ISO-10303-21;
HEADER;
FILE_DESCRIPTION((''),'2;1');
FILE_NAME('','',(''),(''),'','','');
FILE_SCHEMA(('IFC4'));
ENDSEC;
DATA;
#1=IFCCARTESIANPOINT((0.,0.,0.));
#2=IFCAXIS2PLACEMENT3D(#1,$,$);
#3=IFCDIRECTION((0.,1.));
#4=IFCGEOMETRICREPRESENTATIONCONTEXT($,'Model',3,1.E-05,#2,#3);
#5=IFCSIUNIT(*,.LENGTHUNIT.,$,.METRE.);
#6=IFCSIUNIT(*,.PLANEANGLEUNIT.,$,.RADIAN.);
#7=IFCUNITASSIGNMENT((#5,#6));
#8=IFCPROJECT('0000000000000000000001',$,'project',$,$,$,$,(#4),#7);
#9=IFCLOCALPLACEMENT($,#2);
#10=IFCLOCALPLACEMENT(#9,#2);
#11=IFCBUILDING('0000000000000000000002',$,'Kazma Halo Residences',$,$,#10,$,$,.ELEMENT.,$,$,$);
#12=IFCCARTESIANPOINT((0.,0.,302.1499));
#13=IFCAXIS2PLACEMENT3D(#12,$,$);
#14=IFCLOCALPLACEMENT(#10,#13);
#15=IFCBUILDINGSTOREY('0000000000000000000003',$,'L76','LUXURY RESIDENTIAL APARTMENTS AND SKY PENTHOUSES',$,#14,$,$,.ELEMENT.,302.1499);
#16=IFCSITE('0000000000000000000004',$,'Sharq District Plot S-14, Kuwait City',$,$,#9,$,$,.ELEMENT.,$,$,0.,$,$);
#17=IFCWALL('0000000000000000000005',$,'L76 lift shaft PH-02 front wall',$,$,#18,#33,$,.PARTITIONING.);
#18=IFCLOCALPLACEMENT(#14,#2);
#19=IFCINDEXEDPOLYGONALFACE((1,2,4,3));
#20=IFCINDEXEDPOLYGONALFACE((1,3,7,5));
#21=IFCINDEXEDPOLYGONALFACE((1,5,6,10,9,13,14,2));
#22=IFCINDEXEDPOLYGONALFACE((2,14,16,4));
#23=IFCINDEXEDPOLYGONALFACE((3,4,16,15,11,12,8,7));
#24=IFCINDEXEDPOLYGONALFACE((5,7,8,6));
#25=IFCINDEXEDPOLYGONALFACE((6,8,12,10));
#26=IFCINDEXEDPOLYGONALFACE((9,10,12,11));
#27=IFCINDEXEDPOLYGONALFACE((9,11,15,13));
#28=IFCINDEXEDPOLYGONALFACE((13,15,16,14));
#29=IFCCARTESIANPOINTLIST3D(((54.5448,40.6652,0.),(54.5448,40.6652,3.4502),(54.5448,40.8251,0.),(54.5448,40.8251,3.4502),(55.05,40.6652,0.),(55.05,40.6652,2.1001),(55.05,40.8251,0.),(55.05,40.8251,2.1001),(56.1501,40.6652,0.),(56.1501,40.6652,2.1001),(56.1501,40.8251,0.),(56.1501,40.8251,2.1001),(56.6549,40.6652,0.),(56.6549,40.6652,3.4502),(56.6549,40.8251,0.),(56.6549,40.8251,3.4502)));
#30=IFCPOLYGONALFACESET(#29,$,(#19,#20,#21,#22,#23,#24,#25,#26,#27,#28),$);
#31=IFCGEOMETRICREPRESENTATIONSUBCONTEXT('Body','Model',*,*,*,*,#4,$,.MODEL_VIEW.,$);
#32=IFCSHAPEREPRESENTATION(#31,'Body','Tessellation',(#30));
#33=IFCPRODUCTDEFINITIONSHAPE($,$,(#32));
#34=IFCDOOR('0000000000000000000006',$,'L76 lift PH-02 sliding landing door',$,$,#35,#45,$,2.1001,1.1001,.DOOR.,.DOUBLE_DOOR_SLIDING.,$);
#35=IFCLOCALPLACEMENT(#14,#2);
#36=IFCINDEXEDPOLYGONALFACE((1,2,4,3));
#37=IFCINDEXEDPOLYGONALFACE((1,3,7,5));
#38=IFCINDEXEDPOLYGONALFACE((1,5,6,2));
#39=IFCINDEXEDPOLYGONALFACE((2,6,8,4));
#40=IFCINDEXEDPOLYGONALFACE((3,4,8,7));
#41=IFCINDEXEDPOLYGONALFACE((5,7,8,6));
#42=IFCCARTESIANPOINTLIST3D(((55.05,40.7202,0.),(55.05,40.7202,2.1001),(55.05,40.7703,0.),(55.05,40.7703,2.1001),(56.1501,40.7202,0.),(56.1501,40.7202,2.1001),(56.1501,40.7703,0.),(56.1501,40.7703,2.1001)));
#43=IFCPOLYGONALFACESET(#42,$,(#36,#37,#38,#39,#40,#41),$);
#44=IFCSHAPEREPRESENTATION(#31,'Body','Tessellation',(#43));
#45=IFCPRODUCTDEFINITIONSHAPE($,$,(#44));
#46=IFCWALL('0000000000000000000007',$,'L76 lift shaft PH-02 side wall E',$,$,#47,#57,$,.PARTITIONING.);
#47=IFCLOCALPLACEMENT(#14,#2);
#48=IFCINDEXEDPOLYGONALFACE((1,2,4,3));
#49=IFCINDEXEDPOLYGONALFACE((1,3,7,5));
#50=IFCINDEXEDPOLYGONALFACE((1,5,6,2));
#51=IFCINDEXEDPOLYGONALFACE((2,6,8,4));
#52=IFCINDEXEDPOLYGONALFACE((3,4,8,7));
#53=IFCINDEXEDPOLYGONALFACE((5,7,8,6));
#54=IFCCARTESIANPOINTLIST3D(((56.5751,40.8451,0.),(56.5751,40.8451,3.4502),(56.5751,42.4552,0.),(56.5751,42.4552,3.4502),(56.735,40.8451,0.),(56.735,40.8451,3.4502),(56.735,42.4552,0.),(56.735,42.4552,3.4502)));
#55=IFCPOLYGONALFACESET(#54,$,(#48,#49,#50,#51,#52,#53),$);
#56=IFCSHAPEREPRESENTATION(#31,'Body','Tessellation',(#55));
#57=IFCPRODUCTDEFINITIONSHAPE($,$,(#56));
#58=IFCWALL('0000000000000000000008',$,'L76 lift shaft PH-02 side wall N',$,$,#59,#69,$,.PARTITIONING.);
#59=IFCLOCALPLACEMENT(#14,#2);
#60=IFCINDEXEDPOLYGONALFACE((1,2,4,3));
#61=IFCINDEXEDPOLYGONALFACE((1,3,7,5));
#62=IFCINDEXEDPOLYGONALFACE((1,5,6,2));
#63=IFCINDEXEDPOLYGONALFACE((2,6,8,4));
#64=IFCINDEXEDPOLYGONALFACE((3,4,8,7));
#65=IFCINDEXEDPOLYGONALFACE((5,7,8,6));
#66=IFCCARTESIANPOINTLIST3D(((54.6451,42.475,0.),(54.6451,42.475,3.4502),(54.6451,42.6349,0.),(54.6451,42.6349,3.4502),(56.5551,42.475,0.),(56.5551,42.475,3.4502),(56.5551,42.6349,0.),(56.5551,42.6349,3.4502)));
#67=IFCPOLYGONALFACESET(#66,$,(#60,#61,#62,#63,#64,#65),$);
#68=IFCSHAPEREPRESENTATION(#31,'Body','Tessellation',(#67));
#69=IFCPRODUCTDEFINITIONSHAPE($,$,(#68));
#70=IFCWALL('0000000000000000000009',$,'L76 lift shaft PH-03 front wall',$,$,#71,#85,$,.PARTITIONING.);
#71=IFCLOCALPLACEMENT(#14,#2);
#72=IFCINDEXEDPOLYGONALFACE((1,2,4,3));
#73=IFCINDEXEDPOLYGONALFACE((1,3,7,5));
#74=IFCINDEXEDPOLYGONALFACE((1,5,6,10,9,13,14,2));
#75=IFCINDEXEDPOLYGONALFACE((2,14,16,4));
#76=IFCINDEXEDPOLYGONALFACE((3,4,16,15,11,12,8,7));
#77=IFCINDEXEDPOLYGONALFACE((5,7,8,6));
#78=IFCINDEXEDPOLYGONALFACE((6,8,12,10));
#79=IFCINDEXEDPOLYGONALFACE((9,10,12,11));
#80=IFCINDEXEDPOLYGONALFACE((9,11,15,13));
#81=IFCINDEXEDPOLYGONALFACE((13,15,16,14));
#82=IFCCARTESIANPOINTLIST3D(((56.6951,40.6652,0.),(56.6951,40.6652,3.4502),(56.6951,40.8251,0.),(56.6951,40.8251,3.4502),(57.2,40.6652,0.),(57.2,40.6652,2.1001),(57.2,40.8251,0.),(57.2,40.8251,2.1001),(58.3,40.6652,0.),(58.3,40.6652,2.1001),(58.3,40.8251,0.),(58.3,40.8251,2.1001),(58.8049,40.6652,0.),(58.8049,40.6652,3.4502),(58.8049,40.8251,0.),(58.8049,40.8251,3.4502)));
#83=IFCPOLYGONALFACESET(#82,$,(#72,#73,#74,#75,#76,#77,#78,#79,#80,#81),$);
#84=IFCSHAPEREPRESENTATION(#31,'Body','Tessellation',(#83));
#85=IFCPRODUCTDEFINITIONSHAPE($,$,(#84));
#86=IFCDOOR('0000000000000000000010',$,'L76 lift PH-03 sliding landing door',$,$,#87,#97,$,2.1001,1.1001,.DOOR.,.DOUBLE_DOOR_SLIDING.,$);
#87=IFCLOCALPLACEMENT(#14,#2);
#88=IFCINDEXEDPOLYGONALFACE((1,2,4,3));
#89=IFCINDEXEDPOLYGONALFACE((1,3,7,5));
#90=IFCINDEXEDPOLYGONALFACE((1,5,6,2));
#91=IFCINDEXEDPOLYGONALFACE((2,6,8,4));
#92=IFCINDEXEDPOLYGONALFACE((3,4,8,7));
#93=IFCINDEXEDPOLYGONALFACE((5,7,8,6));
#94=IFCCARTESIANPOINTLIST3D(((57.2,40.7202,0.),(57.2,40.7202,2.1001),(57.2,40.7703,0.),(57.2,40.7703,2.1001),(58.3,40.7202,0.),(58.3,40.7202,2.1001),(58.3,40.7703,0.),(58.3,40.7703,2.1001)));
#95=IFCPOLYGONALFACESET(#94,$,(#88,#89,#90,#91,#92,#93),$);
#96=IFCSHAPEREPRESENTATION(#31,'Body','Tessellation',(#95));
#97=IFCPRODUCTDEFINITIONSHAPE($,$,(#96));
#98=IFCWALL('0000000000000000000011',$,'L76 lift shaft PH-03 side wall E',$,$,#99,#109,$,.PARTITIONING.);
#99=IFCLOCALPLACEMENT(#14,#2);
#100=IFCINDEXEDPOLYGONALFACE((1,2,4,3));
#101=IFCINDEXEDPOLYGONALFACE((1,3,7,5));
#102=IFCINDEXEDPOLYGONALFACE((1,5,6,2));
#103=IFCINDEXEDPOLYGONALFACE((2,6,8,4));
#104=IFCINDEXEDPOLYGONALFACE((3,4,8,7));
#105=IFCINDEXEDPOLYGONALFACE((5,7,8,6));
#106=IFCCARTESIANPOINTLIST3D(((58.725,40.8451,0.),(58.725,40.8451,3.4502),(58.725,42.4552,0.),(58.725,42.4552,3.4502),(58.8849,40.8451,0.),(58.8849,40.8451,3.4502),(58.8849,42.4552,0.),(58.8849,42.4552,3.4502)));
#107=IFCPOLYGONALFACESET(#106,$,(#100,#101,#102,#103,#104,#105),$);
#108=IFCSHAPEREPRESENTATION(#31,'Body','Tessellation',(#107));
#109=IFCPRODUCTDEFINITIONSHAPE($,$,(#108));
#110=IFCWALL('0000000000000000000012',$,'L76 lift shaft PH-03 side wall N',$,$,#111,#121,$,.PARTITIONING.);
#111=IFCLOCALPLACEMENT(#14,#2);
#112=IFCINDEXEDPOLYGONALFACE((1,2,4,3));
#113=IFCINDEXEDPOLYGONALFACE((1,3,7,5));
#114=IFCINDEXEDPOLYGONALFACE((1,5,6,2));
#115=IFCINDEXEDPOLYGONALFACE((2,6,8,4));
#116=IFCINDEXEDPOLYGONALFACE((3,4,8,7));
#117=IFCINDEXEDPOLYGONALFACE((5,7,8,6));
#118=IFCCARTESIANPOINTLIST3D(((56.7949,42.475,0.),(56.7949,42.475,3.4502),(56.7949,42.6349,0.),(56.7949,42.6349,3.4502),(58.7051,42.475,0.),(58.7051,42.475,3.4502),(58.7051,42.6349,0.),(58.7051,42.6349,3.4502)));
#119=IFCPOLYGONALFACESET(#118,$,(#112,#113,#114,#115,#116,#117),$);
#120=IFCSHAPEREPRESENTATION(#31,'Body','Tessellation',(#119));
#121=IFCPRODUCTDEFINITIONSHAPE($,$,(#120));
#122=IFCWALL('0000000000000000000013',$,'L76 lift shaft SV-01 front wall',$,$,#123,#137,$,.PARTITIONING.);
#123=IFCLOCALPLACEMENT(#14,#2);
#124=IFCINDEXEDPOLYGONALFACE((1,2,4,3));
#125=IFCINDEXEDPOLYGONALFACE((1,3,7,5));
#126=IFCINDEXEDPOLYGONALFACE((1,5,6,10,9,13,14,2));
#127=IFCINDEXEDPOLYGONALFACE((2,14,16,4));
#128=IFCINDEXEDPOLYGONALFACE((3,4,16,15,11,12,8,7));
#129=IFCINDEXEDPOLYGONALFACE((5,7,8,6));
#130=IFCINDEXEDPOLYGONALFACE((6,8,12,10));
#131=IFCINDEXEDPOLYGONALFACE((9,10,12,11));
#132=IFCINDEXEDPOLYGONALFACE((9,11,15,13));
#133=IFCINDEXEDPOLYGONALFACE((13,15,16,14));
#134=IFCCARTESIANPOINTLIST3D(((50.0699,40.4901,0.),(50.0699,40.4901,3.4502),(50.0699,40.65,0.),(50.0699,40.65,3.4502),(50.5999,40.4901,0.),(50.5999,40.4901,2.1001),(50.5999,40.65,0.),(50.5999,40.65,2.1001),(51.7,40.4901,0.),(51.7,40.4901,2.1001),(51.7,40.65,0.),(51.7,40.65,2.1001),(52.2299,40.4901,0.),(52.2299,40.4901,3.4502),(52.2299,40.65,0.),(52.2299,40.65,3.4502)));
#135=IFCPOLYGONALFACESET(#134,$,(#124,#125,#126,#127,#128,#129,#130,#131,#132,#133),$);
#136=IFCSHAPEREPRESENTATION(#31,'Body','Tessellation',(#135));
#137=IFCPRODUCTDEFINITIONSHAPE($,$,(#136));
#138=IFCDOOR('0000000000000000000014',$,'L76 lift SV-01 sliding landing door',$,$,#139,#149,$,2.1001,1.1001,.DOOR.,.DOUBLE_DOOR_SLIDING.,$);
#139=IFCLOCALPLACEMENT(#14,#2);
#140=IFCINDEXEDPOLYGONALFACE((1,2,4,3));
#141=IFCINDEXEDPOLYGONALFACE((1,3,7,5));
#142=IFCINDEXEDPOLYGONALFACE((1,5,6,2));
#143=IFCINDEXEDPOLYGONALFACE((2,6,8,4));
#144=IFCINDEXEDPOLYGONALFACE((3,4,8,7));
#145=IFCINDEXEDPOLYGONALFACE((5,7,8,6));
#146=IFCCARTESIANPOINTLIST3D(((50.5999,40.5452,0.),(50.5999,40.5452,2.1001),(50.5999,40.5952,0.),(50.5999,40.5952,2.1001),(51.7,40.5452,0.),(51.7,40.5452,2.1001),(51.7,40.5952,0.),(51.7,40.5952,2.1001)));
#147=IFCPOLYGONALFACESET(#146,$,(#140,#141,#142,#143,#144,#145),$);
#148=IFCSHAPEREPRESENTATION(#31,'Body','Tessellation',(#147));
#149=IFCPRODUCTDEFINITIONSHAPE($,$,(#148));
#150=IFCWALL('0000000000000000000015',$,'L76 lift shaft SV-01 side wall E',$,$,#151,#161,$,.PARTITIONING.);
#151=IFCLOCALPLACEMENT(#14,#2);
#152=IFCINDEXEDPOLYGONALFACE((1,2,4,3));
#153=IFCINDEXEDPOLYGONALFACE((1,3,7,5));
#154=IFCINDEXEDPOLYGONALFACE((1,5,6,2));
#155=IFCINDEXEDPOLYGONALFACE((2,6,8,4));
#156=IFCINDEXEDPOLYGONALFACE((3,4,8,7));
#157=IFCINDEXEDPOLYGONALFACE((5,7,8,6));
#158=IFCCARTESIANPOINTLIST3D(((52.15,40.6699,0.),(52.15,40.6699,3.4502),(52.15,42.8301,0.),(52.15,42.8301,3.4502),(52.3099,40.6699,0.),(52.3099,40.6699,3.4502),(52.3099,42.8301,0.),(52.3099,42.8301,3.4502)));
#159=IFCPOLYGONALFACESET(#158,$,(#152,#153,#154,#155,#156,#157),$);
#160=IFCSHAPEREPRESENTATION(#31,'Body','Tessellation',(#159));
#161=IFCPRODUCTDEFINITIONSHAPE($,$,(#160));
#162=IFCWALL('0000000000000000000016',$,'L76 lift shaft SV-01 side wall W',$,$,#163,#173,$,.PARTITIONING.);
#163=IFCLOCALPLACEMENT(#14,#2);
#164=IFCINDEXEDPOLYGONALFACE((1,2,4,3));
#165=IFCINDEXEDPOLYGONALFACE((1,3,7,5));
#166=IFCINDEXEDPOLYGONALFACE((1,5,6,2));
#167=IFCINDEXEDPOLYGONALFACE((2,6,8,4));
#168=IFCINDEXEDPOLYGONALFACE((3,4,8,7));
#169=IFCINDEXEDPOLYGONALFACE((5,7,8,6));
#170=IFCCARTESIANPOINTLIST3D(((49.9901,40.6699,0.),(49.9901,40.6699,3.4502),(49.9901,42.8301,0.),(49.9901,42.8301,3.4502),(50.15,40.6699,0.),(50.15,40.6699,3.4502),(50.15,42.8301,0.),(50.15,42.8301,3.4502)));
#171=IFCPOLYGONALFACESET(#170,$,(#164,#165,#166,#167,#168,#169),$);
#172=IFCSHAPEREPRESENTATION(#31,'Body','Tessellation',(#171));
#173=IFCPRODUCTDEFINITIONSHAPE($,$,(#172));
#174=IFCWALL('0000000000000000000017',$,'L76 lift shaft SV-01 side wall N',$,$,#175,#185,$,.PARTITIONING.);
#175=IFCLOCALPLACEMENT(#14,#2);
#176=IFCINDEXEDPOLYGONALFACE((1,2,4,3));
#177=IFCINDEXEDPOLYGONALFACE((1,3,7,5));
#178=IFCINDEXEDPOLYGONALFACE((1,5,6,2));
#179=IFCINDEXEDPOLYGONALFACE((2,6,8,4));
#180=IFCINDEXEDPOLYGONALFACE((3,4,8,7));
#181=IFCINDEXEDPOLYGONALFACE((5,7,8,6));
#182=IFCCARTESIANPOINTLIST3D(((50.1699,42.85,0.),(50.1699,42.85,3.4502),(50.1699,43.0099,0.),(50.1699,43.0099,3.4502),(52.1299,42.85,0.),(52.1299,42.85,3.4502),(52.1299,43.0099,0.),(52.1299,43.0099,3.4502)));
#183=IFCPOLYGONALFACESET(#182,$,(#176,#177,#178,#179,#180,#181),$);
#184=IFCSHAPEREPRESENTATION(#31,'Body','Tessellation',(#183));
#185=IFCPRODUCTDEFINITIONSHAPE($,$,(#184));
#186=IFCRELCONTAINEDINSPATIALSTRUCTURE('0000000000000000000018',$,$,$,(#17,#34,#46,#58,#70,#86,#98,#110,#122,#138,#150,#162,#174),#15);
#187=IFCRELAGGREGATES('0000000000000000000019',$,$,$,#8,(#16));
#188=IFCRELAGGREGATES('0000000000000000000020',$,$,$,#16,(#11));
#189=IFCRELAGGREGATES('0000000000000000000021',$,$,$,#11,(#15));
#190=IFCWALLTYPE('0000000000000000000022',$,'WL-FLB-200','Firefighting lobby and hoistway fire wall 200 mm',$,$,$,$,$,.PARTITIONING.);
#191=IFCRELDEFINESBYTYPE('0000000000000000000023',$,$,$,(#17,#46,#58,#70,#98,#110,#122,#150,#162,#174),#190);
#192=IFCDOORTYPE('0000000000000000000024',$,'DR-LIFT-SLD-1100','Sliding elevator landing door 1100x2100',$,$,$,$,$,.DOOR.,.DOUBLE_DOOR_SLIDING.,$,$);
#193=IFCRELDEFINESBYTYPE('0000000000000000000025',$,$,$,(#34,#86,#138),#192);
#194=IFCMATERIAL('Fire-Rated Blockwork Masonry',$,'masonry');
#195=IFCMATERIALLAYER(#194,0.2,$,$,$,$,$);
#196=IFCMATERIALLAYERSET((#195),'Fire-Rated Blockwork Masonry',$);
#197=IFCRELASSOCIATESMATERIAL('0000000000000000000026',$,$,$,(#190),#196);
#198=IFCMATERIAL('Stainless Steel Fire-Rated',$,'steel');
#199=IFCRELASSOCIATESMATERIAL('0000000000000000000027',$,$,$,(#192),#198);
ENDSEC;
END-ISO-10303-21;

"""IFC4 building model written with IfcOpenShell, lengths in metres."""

from ifc_helpers import new_model, si_unit, direction, frame, frame_2d, origin, place, context, subcontext, project, spatial, rectangle, extrude, material, layer, layer_set, type_object, element, fill, save


model = new_model("IFC4")

# Units and contexts
model_context = context("Model", 3, precision=1e-05, world=origin(), true_north=direction((0.0, 1.0)))
body_context = subcontext(model_context, "Body", "Model", "MODEL_VIEW")
ifc_project = project(units=[si_unit("LENGTHUNIT", "METRE"), si_unit("PLANEANGLEUNIT", "RADIAN")], contexts=[model_context])

# Site, building, storey
site_placement = place(None, origin())
site = spatial("IfcSite", under=ifc_project, at=site_placement, Name="Sharq District Plot S-14, Kuwait City", CompositionType="ELEMENT", RefElevation=0.0)
building_placement = place(site_placement, origin())
building = spatial("IfcBuilding", under=site, at=building_placement, Name="Kazma Halo Residences", CompositionType="ELEMENT")
storey_placement = place(building_placement, frame((0.0, 0.0, 302.1499)))
storey = spatial("IfcBuildingStorey", under=building, at=storey_placement, Name="L76", Description="LUXURY RESIDENTIAL APARTMENTS AND SKY PENTHOUSES", CompositionType="ELEMENT", Elevation=302.1499)

# Shared definitions
ifc_material_1 = material(Name="Fire-Rated Blockwork Masonry", Category="masonry")
ifc_layer_1 = layer(ifc_material_1, 0.2)
ifc_layer_set_1 = layer_set([ifc_layer_1], Name="Fire-Rated Blockwork Masonry")
wall_type_1 = type_object("IfcWallType", Name="WL-FLB-200", Description="Firefighting lobby and hoistway fire wall 200 mm", PredefinedType="PARTITIONING", material=ifc_layer_set_1)
ifc_material_2 = material(Name="Stainless Steel Fire-Rated", Category="steel")
door_type_1 = type_object("IfcDoorType", Name="DR-LIFT-SLD-1100", Description="Sliding elevator landing door 1100x2100", OperationType="DOUBLE_DOOR_SLIDING", PredefinedType="DOOR", material=ifc_material_2)

# Wall, opening, door
wall_1_placement = place(storey_placement, frame((56.655, 40.7451, 0.0), z_axis=(0.0, 0.0, 1.0), x_axis=(-1.0, 0.0, 0.0)))
wall_1 = element("IfcWall", 1, at=wall_1_placement, inside=storey, type_object=wall_type_1, Name="L76 lift shaft PH-02 front wall", PredefinedType="PARTITIONING", context=body_context, shape_type="SweptSolid", body=[
    extrude(rectangle(XDim=2.1101, YDim=0.1599, at=frame_2d((1.0552, 0.0))), origin(), (0.0, 0.0, 1.0), 3.4502),
])
opening_1_placement = place(wall_1_placement, frame((0.5049, 0.0, 0.0)))
opening_1 = element("IfcOpeningElement", 2, at=opening_1_placement, cuts=wall_1, PredefinedType="OPENING", context=body_context, shape_type="SweptSolid", body=[
    extrude(rectangle(XDim=1.1001, YDim=2.1001, at=frame_2d((0.55, 1.05))), frame((0.0, 0.0898, 0.0), z_axis=(0.0, -1.0, 0.0), x_axis=(1.0, 0.0, 0.0)), (0.0, 0.0, 1.0), 0.1799),
])
door_1_placement = place(opening_1_placement, origin())
door_1 = element("IfcDoor", 3, at=door_1_placement, inside=storey, type_object=door_type_1, Name="L76 lift PH-02 sliding landing door", OperationType="DOUBLE_DOOR_SLIDING", OverallHeight=2.1001, OverallWidth=1.1001, PredefinedType="DOOR", context=body_context, shape_type="SweptSolid", body=[
    extrude(rectangle(XDim=1.1001, YDim=2.1001, at=frame_2d((0.55, 1.05))), frame((0.0, 0.0249, 0.0), z_axis=(0.0, -1.0, 0.0), x_axis=(1.0, 0.0, 0.0)), (0.0, 0.0, 1.0), 0.05),
])
fill(opening_1, door_1)

# Walls
wall_2_placement = place(storey_placement, frame((56.655, 40.845, 0.0), z_axis=(0.0, 0.0, 1.0), x_axis=(0.0, 1.0, 0.0)))
element("IfcWall", 4, at=wall_2_placement, inside=storey, type_object=wall_type_1, Name="L76 lift shaft PH-02 side wall E", PredefinedType="PARTITIONING", context=body_context, shape_type="SweptSolid", body=[
    extrude(rectangle(XDim=1.6101, YDim=0.1599, at=frame_2d((0.8052, 0.0))), origin(), (0.0, 0.0, 1.0), 3.4502),
])
wall_3_placement = place(storey_placement, frame((54.645, 42.5549, 0.0), z_axis=(0.0, 0.0, 1.0), x_axis=(1.0, 0.0, 0.0)))
element("IfcWall", 5, at=wall_3_placement, inside=storey, type_object=wall_type_1, Name="L76 lift shaft PH-02 side wall N", PredefinedType="PARTITIONING", context=body_context, shape_type="SweptSolid", body=[
    extrude(rectangle(XDim=1.9099, YDim=0.1599, at=frame_2d((0.9551, 0.0))), origin(), (0.0, 0.0, 1.0), 3.4502),
])

# Wall, opening, door
wall_4_placement = place(storey_placement, frame((58.8049, 40.7451, 0.0), z_axis=(0.0, 0.0, 1.0), x_axis=(-1.0, 0.0, 0.0)))
wall_4 = element("IfcWall", 6, at=wall_4_placement, inside=storey, type_object=wall_type_1, Name="L76 lift shaft PH-03 front wall", PredefinedType="PARTITIONING", context=body_context, shape_type="SweptSolid", body=[
    extrude(rectangle(XDim=2.1099, YDim=0.1599, at=frame_2d((1.0549, 0.0))), origin(), (0.0, 0.0, 1.0), 3.4502),
])
opening_2_placement = place(wall_4_placement, frame((0.5049, 0.0, 0.0)))
opening_2 = element("IfcOpeningElement", 7, at=opening_2_placement, cuts=wall_4, PredefinedType="OPENING", context=body_context, shape_type="SweptSolid", body=[
    extrude(rectangle(XDim=1.1001, YDim=2.1001, at=frame_2d((0.55, 1.05))), frame((0.0, 0.0898, 0.0), z_axis=(0.0, -1.0, 0.0), x_axis=(1.0, 0.0, 0.0)), (0.0, 0.0, 1.0), 0.1799),
])
door_2_placement = place(opening_2_placement, origin())
door_2 = element("IfcDoor", 8, at=door_2_placement, inside=storey, type_object=door_type_1, Name="L76 lift PH-03 sliding landing door", OperationType="DOUBLE_DOOR_SLIDING", OverallHeight=2.1001, OverallWidth=1.1001, PredefinedType="DOOR", context=body_context, shape_type="SweptSolid", body=[
    extrude(rectangle(XDim=1.1001, YDim=2.1001, at=frame_2d((0.55, 1.05))), frame((0.0, 0.0249, 0.0), z_axis=(0.0, -1.0, 0.0), x_axis=(1.0, 0.0, 0.0)), (0.0, 0.0, 1.0), 0.05),
])
fill(opening_2, door_2)

# Walls
wall_5_placement = place(storey_placement, frame((58.8049, 40.845, 0.0), z_axis=(0.0, 0.0, 1.0), x_axis=(0.0, 1.0, 0.0)))
element("IfcWall", 9, at=wall_5_placement, inside=storey, type_object=wall_type_1, Name="L76 lift shaft PH-03 side wall E", PredefinedType="PARTITIONING", context=body_context, shape_type="SweptSolid", body=[
    extrude(rectangle(XDim=1.6101, YDim=0.1599, at=frame_2d((0.8052, 0.0))), origin(), (0.0, 0.0, 1.0), 3.4502),
])
wall_6_placement = place(storey_placement, frame((56.7949, 42.5549, 0.0), z_axis=(0.0, 0.0, 1.0), x_axis=(1.0, 0.0, 0.0)))
element("IfcWall", 10, at=wall_6_placement, inside=storey, type_object=wall_type_1, Name="L76 lift shaft PH-03 side wall N", PredefinedType="PARTITIONING", context=body_context, shape_type="SweptSolid", body=[
    extrude(rectangle(XDim=1.9102, YDim=0.1599, at=frame_2d((0.9551, 0.0))), origin(), (0.0, 0.0, 1.0), 3.4502),
])

# Wall, opening, door
wall_7_placement = place(storey_placement, frame((52.23, 40.5701, 0.0), z_axis=(0.0, 0.0, 1.0), x_axis=(-1.0, 0.0, 0.0)))
wall_7 = element("IfcWall", 11, at=wall_7_placement, inside=storey, type_object=wall_type_1, Name="L76 lift shaft SV-01 front wall", PredefinedType="PARTITIONING", context=body_context, shape_type="SweptSolid", body=[
    extrude(rectangle(XDim=2.1599, YDim=0.1599, at=frame_2d((1.0801, 0.0))), origin(), (0.0, 0.0, 1.0), 3.4502),
])
opening_3_placement = place(wall_7_placement, frame((0.53, 0.0, 0.0)))
opening_3 = element("IfcOpeningElement", 12, at=opening_3_placement, cuts=wall_7, PredefinedType="OPENING", context=body_context, shape_type="SweptSolid", body=[
    extrude(rectangle(XDim=1.1001, YDim=2.1001, at=frame_2d((0.55, 1.05))), frame((0.0, 0.0898, 0.0), z_axis=(0.0, -1.0, 0.0), x_axis=(1.0, 0.0, 0.0)), (0.0, 0.0, 1.0), 0.1799),
])
door_3_placement = place(opening_3_placement, origin())
door_3 = element("IfcDoor", 13, at=door_3_placement, inside=storey, type_object=door_type_1, Name="L76 lift SV-01 sliding landing door", OperationType="DOUBLE_DOOR_SLIDING", OverallHeight=2.1001, OverallWidth=1.1001, PredefinedType="DOOR", context=body_context, shape_type="SweptSolid", body=[
    extrude(rectangle(XDim=1.1001, YDim=2.1001, at=frame_2d((0.55, 1.05))), frame((0.0, 0.0249, 0.0), z_axis=(0.0, -1.0, 0.0), x_axis=(1.0, 0.0, 0.0)), (0.0, 0.0, 1.0), 0.05),
])
fill(opening_3, door_3)

# Walls
for number, where, z_axis, x_axis, name in (
    (14, (52.23, 40.6699, 0.0), (0.0, 0.0, 1.0), (0.0, 1.0, 0.0), "L76 lift shaft SV-01 side wall E"),
    (15, (50.0701, 40.6699, 0.0), (0.0, 0.0, 1.0), (0.0, 1.0, 0.0), "L76 lift shaft SV-01 side wall W"),
):
    element("IfcWall", number, at=place(storey_placement, frame(where, z_axis=z_axis, x_axis=x_axis)), inside=storey, type_object=wall_type_1, Name=name, PredefinedType="PARTITIONING", context=body_context, shape_type="SweptSolid", body=[
        extrude(rectangle(XDim=2.1602, YDim=0.1599, at=frame_2d((1.0801, 0.0))), origin(), (0.0, 0.0, 1.0), 3.4502),
    ])
wall_8_placement = place(storey_placement, frame((50.1699, 42.9299, 0.0), z_axis=(0.0, 0.0, 1.0), x_axis=(1.0, 0.0, 0.0)))
element("IfcWall", 16, at=wall_8_placement, inside=storey, type_object=wall_type_1, Name="L76 lift shaft SV-01 side wall N", PredefinedType="PARTITIONING", context=body_context, shape_type="SweptSolid", body=[
    extrude(rectangle(XDim=1.96, YDim=0.1599, at=frame_2d((0.98, 0.0))), origin(), (0.0, 0.0, 1.0), 3.4502),
])

save(model, "model.ifc")
